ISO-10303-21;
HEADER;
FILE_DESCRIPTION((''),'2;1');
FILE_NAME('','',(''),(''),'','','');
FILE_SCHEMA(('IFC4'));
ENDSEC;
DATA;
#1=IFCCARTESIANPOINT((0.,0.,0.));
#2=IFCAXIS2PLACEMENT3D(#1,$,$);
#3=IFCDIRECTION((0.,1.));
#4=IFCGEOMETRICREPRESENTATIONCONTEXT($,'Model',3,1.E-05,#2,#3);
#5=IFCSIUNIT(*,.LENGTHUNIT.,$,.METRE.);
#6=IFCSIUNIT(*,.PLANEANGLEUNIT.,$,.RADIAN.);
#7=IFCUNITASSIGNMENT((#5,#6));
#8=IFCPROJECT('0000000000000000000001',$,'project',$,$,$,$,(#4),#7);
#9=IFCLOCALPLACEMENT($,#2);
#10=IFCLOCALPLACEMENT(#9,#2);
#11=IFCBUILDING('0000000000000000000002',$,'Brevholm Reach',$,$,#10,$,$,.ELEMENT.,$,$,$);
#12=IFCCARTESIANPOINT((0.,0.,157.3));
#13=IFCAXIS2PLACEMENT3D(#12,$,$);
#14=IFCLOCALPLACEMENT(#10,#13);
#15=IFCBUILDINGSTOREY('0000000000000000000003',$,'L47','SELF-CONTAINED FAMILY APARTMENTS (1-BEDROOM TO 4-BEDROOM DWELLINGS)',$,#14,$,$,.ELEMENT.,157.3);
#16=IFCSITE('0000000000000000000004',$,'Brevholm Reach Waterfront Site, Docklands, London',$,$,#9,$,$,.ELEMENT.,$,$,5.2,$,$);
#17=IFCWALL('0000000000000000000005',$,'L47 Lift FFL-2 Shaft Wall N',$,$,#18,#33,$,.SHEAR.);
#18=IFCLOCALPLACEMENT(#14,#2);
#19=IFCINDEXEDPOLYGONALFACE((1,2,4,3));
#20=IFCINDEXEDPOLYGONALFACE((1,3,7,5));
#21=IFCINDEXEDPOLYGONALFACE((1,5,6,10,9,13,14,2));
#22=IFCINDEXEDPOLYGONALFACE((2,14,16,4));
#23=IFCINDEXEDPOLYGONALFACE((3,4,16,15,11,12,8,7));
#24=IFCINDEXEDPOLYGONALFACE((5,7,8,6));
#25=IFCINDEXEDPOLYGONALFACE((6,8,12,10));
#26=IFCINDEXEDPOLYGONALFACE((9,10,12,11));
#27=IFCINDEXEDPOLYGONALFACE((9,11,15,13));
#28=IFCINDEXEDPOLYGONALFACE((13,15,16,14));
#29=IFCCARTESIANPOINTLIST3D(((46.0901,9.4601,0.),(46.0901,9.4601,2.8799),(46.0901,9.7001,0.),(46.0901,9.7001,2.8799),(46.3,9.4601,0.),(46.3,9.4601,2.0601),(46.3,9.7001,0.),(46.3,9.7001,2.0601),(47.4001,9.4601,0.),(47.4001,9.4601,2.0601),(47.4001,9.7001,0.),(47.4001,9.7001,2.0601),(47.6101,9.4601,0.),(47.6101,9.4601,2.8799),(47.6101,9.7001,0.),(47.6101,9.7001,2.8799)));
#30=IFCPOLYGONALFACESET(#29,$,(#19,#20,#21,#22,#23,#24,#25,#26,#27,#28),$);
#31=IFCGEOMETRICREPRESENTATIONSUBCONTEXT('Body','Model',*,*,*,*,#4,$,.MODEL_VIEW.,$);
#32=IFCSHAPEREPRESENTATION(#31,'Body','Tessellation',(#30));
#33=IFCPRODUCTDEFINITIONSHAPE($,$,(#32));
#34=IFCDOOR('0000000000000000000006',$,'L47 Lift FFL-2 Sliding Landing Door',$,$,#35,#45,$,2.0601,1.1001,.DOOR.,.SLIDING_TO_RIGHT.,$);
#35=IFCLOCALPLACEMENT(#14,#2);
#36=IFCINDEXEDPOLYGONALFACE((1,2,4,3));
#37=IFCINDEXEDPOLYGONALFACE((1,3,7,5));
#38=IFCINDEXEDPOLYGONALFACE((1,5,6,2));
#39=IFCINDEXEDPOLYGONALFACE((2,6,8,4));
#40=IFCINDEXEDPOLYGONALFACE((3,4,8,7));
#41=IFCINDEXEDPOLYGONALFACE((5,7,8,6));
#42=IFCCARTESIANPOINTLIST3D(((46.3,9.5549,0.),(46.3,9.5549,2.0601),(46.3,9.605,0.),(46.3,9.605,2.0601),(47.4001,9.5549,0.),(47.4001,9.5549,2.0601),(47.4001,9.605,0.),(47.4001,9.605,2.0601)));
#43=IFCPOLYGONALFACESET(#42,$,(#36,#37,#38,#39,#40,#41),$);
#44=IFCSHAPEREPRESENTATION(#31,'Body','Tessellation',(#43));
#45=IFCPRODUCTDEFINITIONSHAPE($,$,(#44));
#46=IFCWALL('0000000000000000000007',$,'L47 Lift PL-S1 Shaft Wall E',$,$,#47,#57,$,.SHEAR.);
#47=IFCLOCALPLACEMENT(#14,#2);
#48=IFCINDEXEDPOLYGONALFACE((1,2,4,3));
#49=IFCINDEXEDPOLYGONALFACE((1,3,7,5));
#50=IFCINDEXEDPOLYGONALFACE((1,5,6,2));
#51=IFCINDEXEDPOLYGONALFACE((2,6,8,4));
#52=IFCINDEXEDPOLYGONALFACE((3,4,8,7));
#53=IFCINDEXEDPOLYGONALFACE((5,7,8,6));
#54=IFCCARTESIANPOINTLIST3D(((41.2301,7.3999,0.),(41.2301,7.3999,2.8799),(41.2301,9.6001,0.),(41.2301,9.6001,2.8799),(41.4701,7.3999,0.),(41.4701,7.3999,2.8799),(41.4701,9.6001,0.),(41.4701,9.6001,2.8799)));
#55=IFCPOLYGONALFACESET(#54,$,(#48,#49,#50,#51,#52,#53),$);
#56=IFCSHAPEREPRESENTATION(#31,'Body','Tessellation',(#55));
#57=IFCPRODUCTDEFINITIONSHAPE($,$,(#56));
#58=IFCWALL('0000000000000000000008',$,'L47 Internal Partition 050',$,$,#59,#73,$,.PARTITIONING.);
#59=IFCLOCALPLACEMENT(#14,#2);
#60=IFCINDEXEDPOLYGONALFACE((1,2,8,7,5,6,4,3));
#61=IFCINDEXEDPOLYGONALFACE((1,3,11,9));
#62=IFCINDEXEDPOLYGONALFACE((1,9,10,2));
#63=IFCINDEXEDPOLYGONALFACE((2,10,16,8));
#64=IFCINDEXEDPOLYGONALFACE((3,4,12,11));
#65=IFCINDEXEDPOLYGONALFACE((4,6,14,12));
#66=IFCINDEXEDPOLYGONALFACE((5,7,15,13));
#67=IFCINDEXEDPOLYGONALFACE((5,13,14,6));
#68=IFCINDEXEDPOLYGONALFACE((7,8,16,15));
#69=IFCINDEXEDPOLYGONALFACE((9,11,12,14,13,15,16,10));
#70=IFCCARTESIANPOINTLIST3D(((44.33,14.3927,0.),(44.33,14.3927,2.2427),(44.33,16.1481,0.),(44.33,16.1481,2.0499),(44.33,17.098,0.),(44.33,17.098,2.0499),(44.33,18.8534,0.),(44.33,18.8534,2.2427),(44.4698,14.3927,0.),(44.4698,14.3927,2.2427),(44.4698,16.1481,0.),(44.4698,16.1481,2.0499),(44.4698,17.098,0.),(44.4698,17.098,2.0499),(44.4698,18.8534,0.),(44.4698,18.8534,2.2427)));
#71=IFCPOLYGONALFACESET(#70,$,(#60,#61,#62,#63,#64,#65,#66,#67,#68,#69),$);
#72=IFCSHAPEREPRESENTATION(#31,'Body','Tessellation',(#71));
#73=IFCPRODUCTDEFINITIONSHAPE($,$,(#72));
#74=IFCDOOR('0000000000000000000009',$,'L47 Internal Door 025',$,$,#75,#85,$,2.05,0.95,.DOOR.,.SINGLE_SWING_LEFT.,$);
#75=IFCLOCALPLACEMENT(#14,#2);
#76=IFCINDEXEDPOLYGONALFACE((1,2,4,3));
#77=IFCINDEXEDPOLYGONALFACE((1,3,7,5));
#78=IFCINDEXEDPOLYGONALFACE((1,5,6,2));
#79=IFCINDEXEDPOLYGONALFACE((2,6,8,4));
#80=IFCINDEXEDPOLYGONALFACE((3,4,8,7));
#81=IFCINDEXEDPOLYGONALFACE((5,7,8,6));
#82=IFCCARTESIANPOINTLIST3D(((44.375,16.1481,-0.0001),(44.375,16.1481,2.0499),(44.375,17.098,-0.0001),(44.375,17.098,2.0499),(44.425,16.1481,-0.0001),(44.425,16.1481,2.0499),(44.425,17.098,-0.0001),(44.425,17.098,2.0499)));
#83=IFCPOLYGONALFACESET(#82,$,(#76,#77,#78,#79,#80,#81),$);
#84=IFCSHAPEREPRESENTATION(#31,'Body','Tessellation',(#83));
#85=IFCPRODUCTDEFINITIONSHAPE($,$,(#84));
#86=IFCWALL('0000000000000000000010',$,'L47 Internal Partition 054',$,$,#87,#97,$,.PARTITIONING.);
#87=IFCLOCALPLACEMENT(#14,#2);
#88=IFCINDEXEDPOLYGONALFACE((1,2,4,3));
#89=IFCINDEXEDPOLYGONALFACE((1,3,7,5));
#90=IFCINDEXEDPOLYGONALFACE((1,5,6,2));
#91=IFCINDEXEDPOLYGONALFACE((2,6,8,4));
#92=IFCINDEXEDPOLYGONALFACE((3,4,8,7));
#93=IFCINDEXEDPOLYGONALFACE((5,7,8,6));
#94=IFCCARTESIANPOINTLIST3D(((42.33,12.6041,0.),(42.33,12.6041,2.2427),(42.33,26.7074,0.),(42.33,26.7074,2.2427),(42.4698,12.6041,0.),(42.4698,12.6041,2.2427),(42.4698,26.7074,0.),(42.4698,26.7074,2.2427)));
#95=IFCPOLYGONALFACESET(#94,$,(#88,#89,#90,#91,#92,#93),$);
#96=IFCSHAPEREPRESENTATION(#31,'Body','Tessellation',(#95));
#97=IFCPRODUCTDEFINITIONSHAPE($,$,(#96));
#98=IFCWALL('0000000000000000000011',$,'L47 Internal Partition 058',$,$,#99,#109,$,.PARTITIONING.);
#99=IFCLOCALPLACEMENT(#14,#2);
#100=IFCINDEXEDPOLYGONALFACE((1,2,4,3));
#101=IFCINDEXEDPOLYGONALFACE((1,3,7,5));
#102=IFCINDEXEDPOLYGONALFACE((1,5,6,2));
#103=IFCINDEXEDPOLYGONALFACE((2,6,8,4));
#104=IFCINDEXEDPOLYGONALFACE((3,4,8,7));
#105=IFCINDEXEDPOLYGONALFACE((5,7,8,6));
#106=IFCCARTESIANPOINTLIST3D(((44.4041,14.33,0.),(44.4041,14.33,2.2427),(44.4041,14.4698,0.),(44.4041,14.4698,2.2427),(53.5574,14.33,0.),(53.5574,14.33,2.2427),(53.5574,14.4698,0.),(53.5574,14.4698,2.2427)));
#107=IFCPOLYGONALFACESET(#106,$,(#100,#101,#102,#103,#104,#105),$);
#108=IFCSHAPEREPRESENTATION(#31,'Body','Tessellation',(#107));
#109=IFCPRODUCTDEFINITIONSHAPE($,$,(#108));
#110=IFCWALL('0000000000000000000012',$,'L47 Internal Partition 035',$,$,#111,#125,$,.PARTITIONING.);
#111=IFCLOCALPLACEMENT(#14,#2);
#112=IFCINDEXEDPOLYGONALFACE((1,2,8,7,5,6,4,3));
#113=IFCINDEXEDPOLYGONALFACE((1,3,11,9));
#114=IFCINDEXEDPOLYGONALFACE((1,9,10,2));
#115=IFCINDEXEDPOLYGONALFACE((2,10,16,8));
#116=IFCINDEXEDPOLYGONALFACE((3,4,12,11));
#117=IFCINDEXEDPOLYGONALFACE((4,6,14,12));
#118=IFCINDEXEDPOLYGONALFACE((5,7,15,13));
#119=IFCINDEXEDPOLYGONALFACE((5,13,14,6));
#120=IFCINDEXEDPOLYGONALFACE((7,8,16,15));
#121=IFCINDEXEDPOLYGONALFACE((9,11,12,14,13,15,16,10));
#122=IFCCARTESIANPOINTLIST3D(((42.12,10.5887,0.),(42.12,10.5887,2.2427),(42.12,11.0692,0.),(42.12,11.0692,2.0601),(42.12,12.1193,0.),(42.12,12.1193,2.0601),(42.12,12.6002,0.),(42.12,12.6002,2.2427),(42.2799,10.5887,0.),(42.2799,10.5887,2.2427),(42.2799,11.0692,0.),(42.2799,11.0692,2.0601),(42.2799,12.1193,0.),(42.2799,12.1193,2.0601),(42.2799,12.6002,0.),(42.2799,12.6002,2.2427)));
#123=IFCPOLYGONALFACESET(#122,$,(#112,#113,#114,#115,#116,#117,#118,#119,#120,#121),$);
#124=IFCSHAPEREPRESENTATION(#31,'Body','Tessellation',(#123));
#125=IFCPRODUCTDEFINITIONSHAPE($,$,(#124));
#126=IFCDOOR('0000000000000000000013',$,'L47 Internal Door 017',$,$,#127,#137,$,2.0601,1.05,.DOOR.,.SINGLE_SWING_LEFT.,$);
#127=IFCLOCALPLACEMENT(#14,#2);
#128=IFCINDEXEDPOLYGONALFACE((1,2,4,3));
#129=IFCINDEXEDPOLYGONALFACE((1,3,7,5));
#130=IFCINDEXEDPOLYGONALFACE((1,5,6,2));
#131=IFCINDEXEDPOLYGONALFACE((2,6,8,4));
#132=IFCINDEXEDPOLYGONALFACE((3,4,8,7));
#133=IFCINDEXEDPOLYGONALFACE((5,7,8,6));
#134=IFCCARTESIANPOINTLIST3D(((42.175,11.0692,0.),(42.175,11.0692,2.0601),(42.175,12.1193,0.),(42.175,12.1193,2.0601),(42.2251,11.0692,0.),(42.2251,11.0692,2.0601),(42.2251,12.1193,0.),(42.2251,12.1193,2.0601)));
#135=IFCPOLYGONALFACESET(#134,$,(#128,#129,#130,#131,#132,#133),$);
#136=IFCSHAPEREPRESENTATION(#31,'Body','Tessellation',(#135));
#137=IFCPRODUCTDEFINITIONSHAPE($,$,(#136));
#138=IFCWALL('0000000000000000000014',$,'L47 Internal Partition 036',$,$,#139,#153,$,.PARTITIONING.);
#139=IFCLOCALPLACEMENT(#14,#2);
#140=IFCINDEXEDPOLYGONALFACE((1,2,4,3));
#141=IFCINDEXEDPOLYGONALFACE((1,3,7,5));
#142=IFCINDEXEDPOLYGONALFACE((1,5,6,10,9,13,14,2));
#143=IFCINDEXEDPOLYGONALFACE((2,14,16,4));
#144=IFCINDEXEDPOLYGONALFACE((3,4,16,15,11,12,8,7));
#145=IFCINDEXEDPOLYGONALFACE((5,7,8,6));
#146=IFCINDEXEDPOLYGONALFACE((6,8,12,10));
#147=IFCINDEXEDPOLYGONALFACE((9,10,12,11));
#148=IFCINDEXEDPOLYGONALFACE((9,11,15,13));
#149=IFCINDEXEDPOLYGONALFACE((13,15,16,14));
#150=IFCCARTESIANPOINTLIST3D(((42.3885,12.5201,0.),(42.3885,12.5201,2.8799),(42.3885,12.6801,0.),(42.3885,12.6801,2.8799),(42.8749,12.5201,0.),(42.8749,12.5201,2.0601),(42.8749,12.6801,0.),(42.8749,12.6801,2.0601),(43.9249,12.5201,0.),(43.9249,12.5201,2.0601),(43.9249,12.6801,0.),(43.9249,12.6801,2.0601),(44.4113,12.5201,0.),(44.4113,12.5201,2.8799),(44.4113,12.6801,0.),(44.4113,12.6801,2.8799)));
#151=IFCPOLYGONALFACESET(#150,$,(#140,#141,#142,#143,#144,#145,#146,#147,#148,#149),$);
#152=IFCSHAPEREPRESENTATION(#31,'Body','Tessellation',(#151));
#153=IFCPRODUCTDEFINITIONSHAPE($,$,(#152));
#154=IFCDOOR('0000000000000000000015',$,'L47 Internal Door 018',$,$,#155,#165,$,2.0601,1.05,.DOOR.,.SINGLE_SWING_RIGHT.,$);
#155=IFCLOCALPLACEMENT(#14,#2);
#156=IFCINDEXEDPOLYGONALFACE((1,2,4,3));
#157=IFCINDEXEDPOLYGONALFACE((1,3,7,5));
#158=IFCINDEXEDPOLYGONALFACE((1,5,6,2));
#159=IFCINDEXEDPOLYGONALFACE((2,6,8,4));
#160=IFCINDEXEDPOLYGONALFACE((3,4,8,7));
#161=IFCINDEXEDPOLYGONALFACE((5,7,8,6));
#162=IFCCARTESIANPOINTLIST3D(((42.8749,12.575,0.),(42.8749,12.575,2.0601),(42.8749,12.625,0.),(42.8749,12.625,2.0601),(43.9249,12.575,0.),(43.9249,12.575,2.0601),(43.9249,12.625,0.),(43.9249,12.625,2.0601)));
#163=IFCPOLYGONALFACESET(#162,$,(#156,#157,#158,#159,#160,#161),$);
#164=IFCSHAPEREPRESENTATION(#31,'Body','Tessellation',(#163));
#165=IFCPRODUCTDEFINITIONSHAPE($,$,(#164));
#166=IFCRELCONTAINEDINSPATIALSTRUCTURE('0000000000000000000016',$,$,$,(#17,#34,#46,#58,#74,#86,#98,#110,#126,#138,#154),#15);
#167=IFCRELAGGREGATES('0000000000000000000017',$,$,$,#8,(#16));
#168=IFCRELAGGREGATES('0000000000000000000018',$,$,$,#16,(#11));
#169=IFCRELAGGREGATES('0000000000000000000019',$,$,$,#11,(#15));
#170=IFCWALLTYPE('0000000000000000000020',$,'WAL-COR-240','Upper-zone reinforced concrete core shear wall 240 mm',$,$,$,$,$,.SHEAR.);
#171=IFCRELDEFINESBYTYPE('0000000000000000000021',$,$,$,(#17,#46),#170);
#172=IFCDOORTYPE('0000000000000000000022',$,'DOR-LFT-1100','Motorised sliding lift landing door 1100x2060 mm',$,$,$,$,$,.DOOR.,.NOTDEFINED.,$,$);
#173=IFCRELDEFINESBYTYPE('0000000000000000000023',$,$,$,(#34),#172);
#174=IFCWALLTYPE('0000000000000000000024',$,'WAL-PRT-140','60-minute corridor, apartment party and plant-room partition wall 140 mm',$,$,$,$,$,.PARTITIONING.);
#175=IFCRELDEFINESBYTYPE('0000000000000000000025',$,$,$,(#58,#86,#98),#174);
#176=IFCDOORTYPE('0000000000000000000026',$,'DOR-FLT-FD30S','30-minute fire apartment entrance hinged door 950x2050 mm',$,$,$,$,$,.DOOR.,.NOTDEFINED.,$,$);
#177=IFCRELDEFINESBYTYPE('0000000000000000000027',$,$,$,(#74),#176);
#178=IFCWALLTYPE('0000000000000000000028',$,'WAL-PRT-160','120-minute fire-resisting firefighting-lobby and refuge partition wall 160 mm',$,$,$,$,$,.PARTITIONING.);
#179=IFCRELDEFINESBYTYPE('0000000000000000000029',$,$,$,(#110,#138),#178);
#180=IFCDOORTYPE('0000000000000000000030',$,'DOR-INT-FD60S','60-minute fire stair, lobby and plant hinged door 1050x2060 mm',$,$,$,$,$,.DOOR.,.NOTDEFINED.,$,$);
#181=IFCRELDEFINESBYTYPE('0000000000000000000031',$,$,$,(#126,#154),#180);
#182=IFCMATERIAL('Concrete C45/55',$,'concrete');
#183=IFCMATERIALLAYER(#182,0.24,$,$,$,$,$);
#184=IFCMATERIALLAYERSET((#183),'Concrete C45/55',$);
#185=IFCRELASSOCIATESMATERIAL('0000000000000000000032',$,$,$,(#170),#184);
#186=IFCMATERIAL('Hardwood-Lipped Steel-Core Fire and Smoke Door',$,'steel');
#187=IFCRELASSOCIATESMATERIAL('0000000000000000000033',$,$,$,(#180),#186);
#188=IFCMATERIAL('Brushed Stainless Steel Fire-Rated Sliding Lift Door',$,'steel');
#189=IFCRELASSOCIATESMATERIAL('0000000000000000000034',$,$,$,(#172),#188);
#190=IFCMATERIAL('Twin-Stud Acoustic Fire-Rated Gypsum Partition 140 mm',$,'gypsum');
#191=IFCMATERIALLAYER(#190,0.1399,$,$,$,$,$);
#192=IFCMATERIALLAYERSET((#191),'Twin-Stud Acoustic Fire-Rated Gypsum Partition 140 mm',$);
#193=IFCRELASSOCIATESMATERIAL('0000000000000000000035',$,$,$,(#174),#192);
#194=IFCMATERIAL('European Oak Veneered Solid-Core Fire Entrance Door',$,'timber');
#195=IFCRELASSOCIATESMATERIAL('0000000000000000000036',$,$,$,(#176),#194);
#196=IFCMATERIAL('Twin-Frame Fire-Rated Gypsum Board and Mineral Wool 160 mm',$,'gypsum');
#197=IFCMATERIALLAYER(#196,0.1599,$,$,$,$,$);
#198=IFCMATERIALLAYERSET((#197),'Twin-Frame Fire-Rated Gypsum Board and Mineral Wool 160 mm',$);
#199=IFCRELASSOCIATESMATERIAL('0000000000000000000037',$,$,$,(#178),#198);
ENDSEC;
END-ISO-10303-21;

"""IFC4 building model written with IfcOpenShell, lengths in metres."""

from ifc_helpers import new_model, si_unit, direction, frame, frame_2d, origin, place, context, subcontext, project, spatial, rectangle, extrude, material, layer, layer_set, type_object, element, fill, save


model = new_model("IFC4")

# Units and contexts
model_context = context("Model", 3, precision=1e-05, world=origin(), true_north=direction((0.0, 1.0)))
body_context = subcontext(model_context, "Body", "Model", "MODEL_VIEW")
ifc_project = project(units=[si_unit("LENGTHUNIT", "METRE"), si_unit("PLANEANGLEUNIT", "RADIAN")], contexts=[model_context])

# Site, building, storey
site_placement = place(None, origin())
site = spatial("IfcSite", under=ifc_project, at=site_placement, Name="Brevholm Reach Waterfront Site, Docklands, London", CompositionType="ELEMENT", RefElevation=5.2)
building_placement = place(site_placement, origin())
building = spatial("IfcBuilding", under=site, at=building_placement, Name="Brevholm Reach", CompositionType="ELEMENT")
storey_placement = place(building_placement, frame((0.0, 0.0, 157.3)))
storey = spatial("IfcBuildingStorey", under=building, at=storey_placement, Name="L47", Description="SELF-CONTAINED FAMILY APARTMENTS (1-BEDROOM TO 4-BEDROOM DWELLINGS)", CompositionType="ELEMENT", Elevation=157.3)

# Wall, opening, door
ifc_material_1 = material(Name="Concrete C45/55", Category="concrete")
ifc_layer_1 = layer(ifc_material_1, 0.24)
ifc_layer_set_1 = layer_set([ifc_layer_1], Name="Concrete C45/55")
wall_type_1 = type_object("IfcWallType", Name="WAL-COR-240", Description="Upper-zone reinforced concrete core shear wall 240 mm", PredefinedType="SHEAR", material=ifc_layer_set_1)
ifc_material_2 = material(Name="Hardwood-Lipped Steel-Core Fire and Smoke Door", Category="steel")
door_type_1 = type_object("IfcDoorType", Name="DOR-INT-FD60S", Description="60-minute fire stair, lobby and plant hinged door 1050x2060 mm", OperationType="NOTDEFINED", PredefinedType="DOOR", material=ifc_material_2)
wall_1_placement = place(storey_placement, frame((46.0901, 9.5801, 0.0), z_axis=(0.0, 0.0, 1.0), x_axis=(1.0, 0.0, 0.0)))
wall_1 = element("IfcWall", 1, at=wall_1_placement, inside=storey, type_object=wall_type_1, Name="L47 Lift FFL-2 Shaft Wall N", PredefinedType="SHEAR", context=body_context, shape_type="SweptSolid", body=[
    extrude(rectangle(XDim=1.52, YDim=0.24, at=frame_2d((0.76, 0.0))), origin(), (0.0, 0.0, 1.0), 2.8799),
])
opening_1_placement = place(wall_1_placement, frame((0.21, 0.0, 0.0)))
opening_1 = element("IfcOpeningElement", 2, at=opening_1_placement, cuts=wall_1, PredefinedType="OPENING", context=body_context, shape_type="SweptSolid", body=[
    extrude(rectangle(XDim=1.1001, YDim=2.0601, at=frame_2d((0.55, 1.03))), frame((0.0, 0.1299, 0.0), z_axis=(0.0, -1.0, 0.0), x_axis=(1.0, 0.0, 0.0)), (0.0, 0.0, 1.0), 0.26),
])
ifc_material_3 = material(Name="Brushed Stainless Steel Fire-Rated Sliding Lift Door", Category="steel")
door_type_2 = type_object("IfcDoorType", Name="DOR-LFT-1100", Description="Motorised sliding lift landing door 1100x2060 mm", OperationType="NOTDEFINED", PredefinedType="DOOR", material=ifc_material_3)
door_1_placement = place(opening_1_placement, origin())
door_1 = element("IfcDoor", 3, at=door_1_placement, inside=storey, type_object=door_type_2, Name="L47 Lift FFL-2 Sliding Landing Door", OperationType="SLIDING_TO_RIGHT", OverallHeight=2.0601, OverallWidth=1.1001, PredefinedType="DOOR", context=body_context, shape_type="SweptSolid", body=[
    extrude(rectangle(XDim=1.1001, YDim=2.0601, at=frame_2d((0.55, 1.03))), frame((0.0, 0.0249, 0.0), z_axis=(0.0, -1.0, 0.0), x_axis=(1.0, 0.0, 0.0)), (0.0, 0.0, 1.0), 0.05),
])
fill(opening_1, door_1)

# Wall
wall_2_placement = place(storey_placement, frame((41.3501, 7.3999, 0.0), z_axis=(0.0, 0.0, 1.0), x_axis=(0.0, 1.0, 0.0)))
element("IfcWall", 4, at=wall_2_placement, inside=storey, type_object=wall_type_1, Name="L47 Lift PL-S1 Shaft Wall E", PredefinedType="SHEAR", context=body_context, shape_type="SweptSolid", body=[
    extrude(rectangle(XDim=2.2002, YDim=0.24, at=frame_2d((1.1001, 0.0))), origin(), (0.0, 0.0, 1.0), 2.8799),
])

# Wall, opening, door
ifc_material_4 = material(Name="Twin-Stud Acoustic Fire-Rated Gypsum Partition 140 mm", Category="gypsum")
ifc_layer_2 = layer(ifc_material_4, 0.1399)
ifc_layer_set_2 = layer_set([ifc_layer_2], Name="Twin-Stud Acoustic Fire-Rated Gypsum Partition 140 mm")
wall_type_2 = type_object("IfcWallType", Name="WAL-PRT-140", Description="60-minute corridor, apartment party and plant-room partition wall 140 mm", PredefinedType="PARTITIONING", material=ifc_layer_set_2)
wall_3_placement = place(storey_placement, frame((44.3999, 14.3926, 0.0), z_axis=(0.0, 0.0, 1.0), x_axis=(0.0, 1.0, 0.0)))
wall_3 = element("IfcWall", 5, at=wall_3_placement, inside=storey, type_object=wall_type_2, Name="L47 Internal Partition 050", PredefinedType="PARTITIONING", context=body_context, shape_type="SweptSolid", body=[
    extrude(rectangle(XDim=4.4607, YDim=0.1399, at=frame_2d((2.2305, 0.0))), origin(), (0.0, 0.0, 1.0), 2.2427),
])
opening_2_placement = place(wall_3_placement, frame((1.7554, 0.0, 0.0)))
opening_2 = element("IfcOpeningElement", 6, at=opening_2_placement, cuts=wall_3, PredefinedType="OPENING", context=body_context, shape_type="SweptSolid", body=[
    extrude(rectangle(XDim=0.95, YDim=2.05, at=frame_2d((0.4751, 1.0249))), frame((0.0, 0.0798, 0.0), z_axis=(0.0, -1.0, 0.0), x_axis=(1.0, 0.0, 0.0)), (0.0, 0.0, 1.0), 0.1599),
])
ifc_material_5 = material(Name="European Oak Veneered Solid-Core Fire Entrance Door", Category="timber")
door_type_3 = type_object("IfcDoorType", Name="DOR-FLT-FD30S", Description="30-minute fire apartment entrance hinged door 950x2050 mm", OperationType="NOTDEFINED", PredefinedType="DOOR", material=ifc_material_5)
door_2_placement = place(opening_2_placement, origin())
door_2 = element("IfcDoor", 7, at=door_2_placement, inside=storey, type_object=door_type_3, Name="L47 Internal Door 025", OperationType="SINGLE_SWING_LEFT", OverallHeight=2.05, OverallWidth=0.95, PredefinedType="DOOR", context=body_context, shape_type="SweptSolid", body=[
    extrude(rectangle(XDim=0.95, YDim=2.05, at=frame_2d((0.4751, 1.0249))), frame((0.0, 0.0249, 0.0), z_axis=(0.0, -1.0, 0.0), x_axis=(1.0, 0.0, 0.0)), (0.0, 0.0, 1.0), 0.05),
])
fill(opening_2, door_2)

# Walls
wall_4_placement = place(storey_placement, frame((42.3999, 12.604, 0.0), z_axis=(0.0, 0.0, 1.0), x_axis=(0.0, 1.0, 0.0)))
element("IfcWall", 8, at=wall_4_placement, inside=storey, type_object=wall_type_2, Name="L47 Internal Partition 054", PredefinedType="PARTITIONING", context=body_context, shape_type="SweptSolid", body=[
    extrude(rectangle(XDim=14.1033, YDim=0.1399, at=frame_2d((7.0518, 0.0))), origin(), (0.0, 0.0, 1.0), 2.2427),
])
wall_5_placement = place(storey_placement, frame((44.4041, 14.3999, 0.0), z_axis=(0.0, 0.0, 1.0), x_axis=(1.0, 0.0, 0.0)))
element("IfcWall", 9, at=wall_5_placement, inside=storey, type_object=wall_type_2, Name="L47 Internal Partition 058", PredefinedType="PARTITIONING", context=body_context, shape_type="SweptSolid", body=[
    extrude(rectangle(XDim=9.1533, YDim=0.1399, at=frame_2d((4.5767, 0.0))), origin(), (0.0, 0.0, 1.0), 2.2427),
])

# Walls, openings, doors
ifc_material_6 = material(Name="Twin-Frame Fire-Rated Gypsum Board and Mineral Wool 160 mm", Category="gypsum")
ifc_layer_3 = layer(ifc_material_6, 0.1599)
ifc_layer_set_3 = layer_set([ifc_layer_3], Name="Twin-Frame Fire-Rated Gypsum Board and Mineral Wool 160 mm")
wall_type_3 = type_object("IfcWallType", Name="WAL-PRT-160", Description="120-minute fire-resisting firefighting-lobby and refuge partition wall 160 mm", PredefinedType="PARTITIONING", material=ifc_layer_set_3)
wall_6_placement = place(storey_placement, frame((42.2, 10.5886, 0.0), z_axis=(0.0, 0.0, 1.0), x_axis=(0.0, 1.0, 0.0)))
wall_6 = element("IfcWall", 10, at=wall_6_placement, inside=storey, type_object=wall_type_3, Name="L47 Internal Partition 035", PredefinedType="PARTITIONING", context=body_context, shape_type="SweptSolid", body=[
    extrude(rectangle(XDim=2.0115, YDim=0.1599, at=frame_2d((1.0059, 0.0))), origin(), (0.0, 0.0, 1.0), 2.2427),
])
opening_3_placement = place(wall_6_placement, frame((0.4807, 0.0, 0.0)))
opening_3 = element("IfcOpeningElement", 11, at=opening_3_placement, cuts=wall_6, PredefinedType="OPENING", context=body_context, shape_type="SweptSolid", body=[
    extrude(rectangle(XDim=1.05, YDim=2.0601, at=frame_2d((0.5249, 1.03))), frame((0.0, 0.0898, 0.0), z_axis=(0.0, -1.0, 0.0), x_axis=(1.0, 0.0, 0.0)), (0.0, 0.0, 1.0), 0.1799),
])
door_3_placement = place(opening_3_placement, origin())
door_3 = element("IfcDoor", 12, at=door_3_placement, inside=storey, type_object=door_type_1, Name="L47 Internal Door 017", OperationType="SINGLE_SWING_LEFT", OverallHeight=2.0601, OverallWidth=1.05, PredefinedType="DOOR", context=body_context, shape_type="SweptSolid", body=[
    extrude(rectangle(XDim=1.05, YDim=2.0601, at=frame_2d((0.5249, 1.03))), frame((0.0, 0.0249, 0.0), z_axis=(0.0, -1.0, 0.0), x_axis=(1.0, 0.0, 0.0)), (0.0, 0.0, 1.0), 0.05),
])
fill(opening_3, door_3)
wall_7_placement = place(storey_placement, frame((42.3887, 12.6001, 0.0), z_axis=(0.0, 0.0, 1.0), x_axis=(1.0, 0.0, 0.0)))
wall_7 = element("IfcWall", 13, at=wall_7_placement, inside=storey, type_object=wall_type_3, Name="L47 Internal Partition 036", PredefinedType="PARTITIONING", context=body_context, shape_type="SweptSolid", body=[
    extrude(rectangle(XDim=2.0227, YDim=0.1599, at=frame_2d((1.0112, 0.0))), origin(), (0.0, 0.0, 1.0), 2.8799),
])
opening_4_placement = place(wall_7_placement, frame((0.4863, 0.0, 0.0)))
opening_4 = element("IfcOpeningElement", 14, at=opening_4_placement, cuts=wall_7, PredefinedType="OPENING", context=body_context, shape_type="SweptSolid", body=[
    extrude(rectangle(XDim=1.05, YDim=2.0601, at=frame_2d((0.5249, 1.03))), frame((0.0, 0.0898, 0.0), z_axis=(0.0, -1.0, 0.0), x_axis=(1.0, 0.0, 0.0)), (0.0, 0.0, 1.0), 0.1799),
])
door_4_placement = place(opening_4_placement, origin())
door_4 = element("IfcDoor", 15, at=door_4_placement, inside=storey, type_object=door_type_1, Name="L47 Internal Door 018", OperationType="SINGLE_SWING_RIGHT", OverallHeight=2.0601, OverallWidth=1.05, PredefinedType="DOOR", context=body_context, shape_type="SweptSolid", body=[
    extrude(rectangle(XDim=1.05, YDim=2.0601, at=frame_2d((0.5249, 1.03))), frame((0.0, 0.0249, 0.0), z_axis=(0.0, -1.0, 0.0), x_axis=(1.0, 0.0, 0.0)), (0.0, 0.0, 1.0), 0.05),
])
fill(opening_4, door_4)

save(model, "model.ifc")
